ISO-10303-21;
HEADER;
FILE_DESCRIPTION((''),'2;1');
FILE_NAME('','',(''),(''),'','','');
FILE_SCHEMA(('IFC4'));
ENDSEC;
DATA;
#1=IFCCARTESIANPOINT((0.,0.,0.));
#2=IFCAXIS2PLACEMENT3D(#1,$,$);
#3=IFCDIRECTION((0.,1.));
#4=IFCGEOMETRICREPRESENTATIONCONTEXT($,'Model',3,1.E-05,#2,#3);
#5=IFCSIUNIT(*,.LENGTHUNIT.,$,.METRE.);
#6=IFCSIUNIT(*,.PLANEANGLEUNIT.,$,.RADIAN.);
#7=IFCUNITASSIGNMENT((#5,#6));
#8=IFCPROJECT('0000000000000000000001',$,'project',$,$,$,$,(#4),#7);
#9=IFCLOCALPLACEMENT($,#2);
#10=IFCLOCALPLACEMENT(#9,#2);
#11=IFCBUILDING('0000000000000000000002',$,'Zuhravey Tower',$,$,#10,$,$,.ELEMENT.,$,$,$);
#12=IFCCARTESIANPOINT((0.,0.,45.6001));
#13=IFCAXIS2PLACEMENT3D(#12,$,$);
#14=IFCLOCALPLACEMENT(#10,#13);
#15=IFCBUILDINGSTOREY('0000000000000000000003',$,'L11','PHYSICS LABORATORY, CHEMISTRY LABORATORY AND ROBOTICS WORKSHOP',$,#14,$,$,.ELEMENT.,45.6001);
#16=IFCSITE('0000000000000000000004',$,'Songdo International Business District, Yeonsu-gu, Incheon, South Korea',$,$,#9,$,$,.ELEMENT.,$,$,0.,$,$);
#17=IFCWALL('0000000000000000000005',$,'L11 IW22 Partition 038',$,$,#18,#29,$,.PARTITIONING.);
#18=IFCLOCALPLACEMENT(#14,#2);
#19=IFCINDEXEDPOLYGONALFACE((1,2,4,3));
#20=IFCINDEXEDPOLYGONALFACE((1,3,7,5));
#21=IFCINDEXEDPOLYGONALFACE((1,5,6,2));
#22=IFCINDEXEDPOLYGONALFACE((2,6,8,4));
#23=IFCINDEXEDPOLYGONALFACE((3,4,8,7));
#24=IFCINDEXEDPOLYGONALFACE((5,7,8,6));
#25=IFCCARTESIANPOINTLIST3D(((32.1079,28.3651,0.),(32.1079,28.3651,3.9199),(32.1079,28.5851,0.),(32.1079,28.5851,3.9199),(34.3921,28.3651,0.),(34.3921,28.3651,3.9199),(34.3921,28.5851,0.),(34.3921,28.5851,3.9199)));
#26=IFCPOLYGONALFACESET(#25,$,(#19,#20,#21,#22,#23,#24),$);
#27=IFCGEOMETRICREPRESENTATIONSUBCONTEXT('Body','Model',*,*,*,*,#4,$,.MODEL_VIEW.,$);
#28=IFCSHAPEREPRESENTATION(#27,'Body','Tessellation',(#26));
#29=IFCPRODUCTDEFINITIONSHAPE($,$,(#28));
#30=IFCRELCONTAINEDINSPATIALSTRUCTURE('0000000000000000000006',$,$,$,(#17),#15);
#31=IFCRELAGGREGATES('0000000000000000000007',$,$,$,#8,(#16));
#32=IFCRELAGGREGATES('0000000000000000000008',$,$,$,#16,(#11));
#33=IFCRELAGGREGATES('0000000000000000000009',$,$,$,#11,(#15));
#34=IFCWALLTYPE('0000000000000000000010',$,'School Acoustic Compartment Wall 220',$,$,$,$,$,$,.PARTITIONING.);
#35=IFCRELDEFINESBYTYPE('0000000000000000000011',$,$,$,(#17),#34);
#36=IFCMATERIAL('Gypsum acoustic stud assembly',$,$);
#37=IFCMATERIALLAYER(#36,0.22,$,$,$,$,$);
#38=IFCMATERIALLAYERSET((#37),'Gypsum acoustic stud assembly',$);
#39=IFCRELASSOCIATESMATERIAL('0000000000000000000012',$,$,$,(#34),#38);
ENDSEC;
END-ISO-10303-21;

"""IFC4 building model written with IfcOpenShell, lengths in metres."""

from ifc_helpers import new_model, si_unit, direction, frame, frame_2d, origin, place, context, subcontext, project, spatial, rectangle, extrude, material, layer, layer_set, type_object, element, save


model = new_model("IFC4")

# Units and contexts
model_context = context("Model", 3, precision=1e-05, world=origin(), true_north=direction((0.0, 1.0)))
body_context = subcontext(model_context, "Body", "Model", "MODEL_VIEW")
ifc_project = project(units=[si_unit("LENGTHUNIT", "METRE"), si_unit("PLANEANGLEUNIT", "RADIAN")], contexts=[model_context])

# Site, building, storey
site_placement = place(None, origin())
site = spatial("IfcSite", under=ifc_project, at=site_placement, Name="Songdo International Business District, Yeonsu-gu, Incheon, South Korea", CompositionType="ELEMENT", RefElevation=0.0)
building_placement = place(site_placement, origin())
building = spatial("IfcBuilding", under=site, at=building_placement, Name="Zuhravey Tower", CompositionType="ELEMENT")
storey_placement = place(building_placement, frame((0.0, 0.0, 45.6001)))
storey = spatial("IfcBuildingStorey", under=building, at=storey_placement, Name="L11", Description="PHYSICS LABORATORY, CHEMISTRY LABORATORY AND ROBOTICS WORKSHOP", CompositionType="ELEMENT", Elevation=45.6001)

# Wall
ifc_material_1 = material(Name="Gypsum acoustic stud assembly")
ifc_layer_1 = layer(ifc_material_1, 0.22)
ifc_layer_set_1 = layer_set([ifc_layer_1], Name="Gypsum acoustic stud assembly")
wall_type_1 = type_object("IfcWallType", Name="School Acoustic Compartment Wall 220", PredefinedType="PARTITIONING", material=ifc_layer_set_1)
for number, where, z_axis, x_axis, name in (
    (1, (32.1079, 28.4751, 0.0), (0.0, 0.0, 1.0), (1.0, 0.0, 0.0), "L11 IW22 Partition 038"),
):
    element("IfcWall", number, at=place(storey_placement, frame(where, z_axis=z_axis, x_axis=x_axis)), inside=storey, type_object=wall_type_1, Name=name, PredefinedType="PARTITIONING", context=body_context, shape_type="SweptSolid", body=[
        extrude(rectangle(XDim=2.2842, YDim=0.22, at=frame_2d((1.1421, 0.0))), origin(), (0.0, 0.0, 1.0), 3.9199),
    ])

save(model, "model.ifc")
